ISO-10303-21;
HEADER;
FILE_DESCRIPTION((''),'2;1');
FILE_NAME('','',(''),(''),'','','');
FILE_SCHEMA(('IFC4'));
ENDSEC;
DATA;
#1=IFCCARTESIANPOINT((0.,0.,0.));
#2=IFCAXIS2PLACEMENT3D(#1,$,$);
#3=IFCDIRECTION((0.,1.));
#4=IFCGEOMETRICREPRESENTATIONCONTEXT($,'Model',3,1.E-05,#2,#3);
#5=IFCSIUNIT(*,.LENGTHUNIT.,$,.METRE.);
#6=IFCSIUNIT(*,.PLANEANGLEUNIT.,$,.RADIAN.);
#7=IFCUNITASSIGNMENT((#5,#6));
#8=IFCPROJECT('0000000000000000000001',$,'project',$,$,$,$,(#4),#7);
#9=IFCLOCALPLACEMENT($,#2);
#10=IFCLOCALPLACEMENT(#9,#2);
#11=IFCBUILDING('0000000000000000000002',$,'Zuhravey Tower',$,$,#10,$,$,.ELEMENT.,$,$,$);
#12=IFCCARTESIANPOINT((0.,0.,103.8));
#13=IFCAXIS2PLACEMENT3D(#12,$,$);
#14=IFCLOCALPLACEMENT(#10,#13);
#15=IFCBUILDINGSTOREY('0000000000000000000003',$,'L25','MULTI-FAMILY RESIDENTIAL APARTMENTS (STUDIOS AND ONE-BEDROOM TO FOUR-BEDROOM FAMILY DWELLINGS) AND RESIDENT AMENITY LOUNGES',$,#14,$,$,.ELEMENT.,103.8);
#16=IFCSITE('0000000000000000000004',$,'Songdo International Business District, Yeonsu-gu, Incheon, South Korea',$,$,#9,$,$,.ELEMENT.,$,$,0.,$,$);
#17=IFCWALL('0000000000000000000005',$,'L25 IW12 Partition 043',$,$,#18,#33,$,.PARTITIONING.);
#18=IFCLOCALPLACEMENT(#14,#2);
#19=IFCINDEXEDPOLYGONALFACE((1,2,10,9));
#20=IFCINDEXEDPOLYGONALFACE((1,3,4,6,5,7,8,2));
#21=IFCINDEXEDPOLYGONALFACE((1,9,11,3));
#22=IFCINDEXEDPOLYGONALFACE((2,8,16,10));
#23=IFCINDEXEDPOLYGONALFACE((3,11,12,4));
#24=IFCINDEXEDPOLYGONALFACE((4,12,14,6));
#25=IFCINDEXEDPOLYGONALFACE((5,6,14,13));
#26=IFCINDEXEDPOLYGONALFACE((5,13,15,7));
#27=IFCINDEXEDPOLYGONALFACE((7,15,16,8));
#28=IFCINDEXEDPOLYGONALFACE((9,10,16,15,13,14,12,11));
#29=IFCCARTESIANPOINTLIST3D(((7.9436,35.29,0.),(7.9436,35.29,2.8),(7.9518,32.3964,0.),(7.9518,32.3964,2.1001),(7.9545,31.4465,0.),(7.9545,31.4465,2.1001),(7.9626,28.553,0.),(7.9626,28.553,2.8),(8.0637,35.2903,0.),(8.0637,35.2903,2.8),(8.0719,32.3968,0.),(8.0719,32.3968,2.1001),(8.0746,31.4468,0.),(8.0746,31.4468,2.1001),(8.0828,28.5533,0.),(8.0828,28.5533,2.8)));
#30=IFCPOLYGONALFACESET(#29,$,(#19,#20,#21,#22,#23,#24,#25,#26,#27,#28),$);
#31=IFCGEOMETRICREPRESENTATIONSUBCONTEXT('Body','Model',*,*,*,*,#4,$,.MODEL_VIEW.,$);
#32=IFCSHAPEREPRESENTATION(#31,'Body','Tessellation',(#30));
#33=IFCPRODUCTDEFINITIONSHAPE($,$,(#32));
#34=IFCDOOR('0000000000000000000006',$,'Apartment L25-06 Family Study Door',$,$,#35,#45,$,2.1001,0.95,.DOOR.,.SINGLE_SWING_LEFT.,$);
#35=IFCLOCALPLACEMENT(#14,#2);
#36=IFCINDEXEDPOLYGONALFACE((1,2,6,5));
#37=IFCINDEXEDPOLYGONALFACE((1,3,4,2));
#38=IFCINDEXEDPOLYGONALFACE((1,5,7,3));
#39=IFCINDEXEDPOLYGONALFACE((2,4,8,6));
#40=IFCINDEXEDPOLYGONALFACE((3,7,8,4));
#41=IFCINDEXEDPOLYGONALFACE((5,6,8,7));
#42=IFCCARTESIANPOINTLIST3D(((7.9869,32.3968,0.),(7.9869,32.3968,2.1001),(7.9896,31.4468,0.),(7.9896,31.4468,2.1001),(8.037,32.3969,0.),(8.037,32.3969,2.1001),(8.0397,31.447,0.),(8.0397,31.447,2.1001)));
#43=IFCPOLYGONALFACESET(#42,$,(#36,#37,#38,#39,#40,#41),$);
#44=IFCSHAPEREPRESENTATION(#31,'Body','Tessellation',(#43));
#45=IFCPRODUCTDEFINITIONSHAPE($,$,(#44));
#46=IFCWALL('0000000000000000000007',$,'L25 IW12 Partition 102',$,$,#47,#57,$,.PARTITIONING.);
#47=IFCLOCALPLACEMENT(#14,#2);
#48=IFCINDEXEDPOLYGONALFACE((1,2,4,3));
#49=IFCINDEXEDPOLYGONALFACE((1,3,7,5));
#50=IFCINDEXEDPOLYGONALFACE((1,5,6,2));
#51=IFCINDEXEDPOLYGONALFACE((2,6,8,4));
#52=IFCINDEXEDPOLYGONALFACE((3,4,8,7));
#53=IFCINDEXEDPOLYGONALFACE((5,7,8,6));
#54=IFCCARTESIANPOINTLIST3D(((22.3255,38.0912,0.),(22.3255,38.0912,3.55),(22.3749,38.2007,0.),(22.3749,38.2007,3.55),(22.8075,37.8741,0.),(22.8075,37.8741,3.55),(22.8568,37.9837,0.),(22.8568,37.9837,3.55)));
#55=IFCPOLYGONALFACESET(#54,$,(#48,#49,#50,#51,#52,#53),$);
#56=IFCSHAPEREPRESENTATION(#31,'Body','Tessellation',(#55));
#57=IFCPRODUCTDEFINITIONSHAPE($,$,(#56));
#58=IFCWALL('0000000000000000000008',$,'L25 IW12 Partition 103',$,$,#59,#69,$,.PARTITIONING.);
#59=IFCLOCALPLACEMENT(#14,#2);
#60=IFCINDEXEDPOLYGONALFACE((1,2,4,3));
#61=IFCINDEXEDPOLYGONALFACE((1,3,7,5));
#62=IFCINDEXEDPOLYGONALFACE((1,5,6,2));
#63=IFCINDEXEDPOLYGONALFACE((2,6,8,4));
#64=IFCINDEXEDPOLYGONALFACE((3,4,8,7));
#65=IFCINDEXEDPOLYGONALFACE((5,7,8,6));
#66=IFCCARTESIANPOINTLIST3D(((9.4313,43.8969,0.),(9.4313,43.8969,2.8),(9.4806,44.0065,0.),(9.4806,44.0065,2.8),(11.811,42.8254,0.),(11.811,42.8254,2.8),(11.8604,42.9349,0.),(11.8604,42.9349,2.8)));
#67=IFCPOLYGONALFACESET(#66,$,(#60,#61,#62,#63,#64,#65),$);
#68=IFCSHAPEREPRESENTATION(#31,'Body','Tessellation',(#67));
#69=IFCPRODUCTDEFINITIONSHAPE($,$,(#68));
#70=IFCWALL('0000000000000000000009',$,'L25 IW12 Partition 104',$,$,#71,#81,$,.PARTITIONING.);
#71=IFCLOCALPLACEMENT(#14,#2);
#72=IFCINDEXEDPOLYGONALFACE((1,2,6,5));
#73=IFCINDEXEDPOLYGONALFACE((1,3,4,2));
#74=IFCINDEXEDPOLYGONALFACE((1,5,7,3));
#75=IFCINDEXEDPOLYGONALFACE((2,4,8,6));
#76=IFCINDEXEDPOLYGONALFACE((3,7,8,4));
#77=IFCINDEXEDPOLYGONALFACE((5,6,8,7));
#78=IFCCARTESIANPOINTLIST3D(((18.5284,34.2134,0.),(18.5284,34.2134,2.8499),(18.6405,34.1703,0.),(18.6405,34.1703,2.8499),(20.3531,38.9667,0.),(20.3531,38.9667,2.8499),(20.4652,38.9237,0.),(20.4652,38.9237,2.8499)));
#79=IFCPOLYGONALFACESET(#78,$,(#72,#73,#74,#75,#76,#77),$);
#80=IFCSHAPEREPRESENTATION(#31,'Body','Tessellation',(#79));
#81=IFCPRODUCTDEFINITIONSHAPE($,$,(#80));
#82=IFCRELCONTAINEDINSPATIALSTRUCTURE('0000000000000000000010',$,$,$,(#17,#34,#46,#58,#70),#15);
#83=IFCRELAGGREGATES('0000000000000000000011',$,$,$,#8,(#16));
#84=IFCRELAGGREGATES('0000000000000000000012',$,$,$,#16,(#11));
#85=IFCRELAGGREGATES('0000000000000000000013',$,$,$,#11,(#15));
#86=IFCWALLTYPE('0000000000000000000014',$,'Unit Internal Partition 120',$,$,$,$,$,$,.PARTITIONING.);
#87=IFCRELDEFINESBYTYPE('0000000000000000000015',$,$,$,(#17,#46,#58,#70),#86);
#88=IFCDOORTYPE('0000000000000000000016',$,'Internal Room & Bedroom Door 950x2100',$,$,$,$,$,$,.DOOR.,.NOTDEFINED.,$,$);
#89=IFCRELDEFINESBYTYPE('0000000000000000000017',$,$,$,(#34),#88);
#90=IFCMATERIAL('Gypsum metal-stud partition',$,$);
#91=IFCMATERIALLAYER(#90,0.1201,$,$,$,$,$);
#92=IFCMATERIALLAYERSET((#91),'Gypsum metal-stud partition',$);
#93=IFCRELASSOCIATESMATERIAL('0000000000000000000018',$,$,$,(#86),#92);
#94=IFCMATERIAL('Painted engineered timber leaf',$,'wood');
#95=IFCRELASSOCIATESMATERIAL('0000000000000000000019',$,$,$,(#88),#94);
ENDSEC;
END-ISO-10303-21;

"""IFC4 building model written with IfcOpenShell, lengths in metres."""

from ifc_helpers import new_model, si_unit, direction, frame, frame_2d, origin, place, context, subcontext, project, spatial, rectangle, extrude, material, layer, layer_set, type_object, element, fill, save


model = new_model("IFC4")

# Units and contexts
model_context = context("Model", 3, precision=1e-05, world=origin(), true_north=direction((0.0, 1.0)))
body_context = subcontext(model_context, "Body", "Model", "MODEL_VIEW")
ifc_project = project(units=[si_unit("LENGTHUNIT", "METRE"), si_unit("PLANEANGLEUNIT", "RADIAN")], contexts=[model_context])

# Site, building, storey
site_placement = place(None, origin())
site = spatial("IfcSite", under=ifc_project, at=site_placement, Name="Songdo International Business District, Yeonsu-gu, Incheon, South Korea", CompositionType="ELEMENT", RefElevation=0.0)
building_placement = place(site_placement, origin())
building = spatial("IfcBuilding", under=site, at=building_placement, Name="Zuhravey Tower", CompositionType="ELEMENT")
storey_placement = place(building_placement, frame((0.0, 0.0, 103.8)))
storey = spatial("IfcBuildingStorey", under=building, at=storey_placement, Name="L25", Description="MULTI-FAMILY RESIDENTIAL APARTMENTS (STUDIOS AND ONE-BEDROOM TO FOUR-BEDROOM FAMILY DWELLINGS) AND RESIDENT AMENITY LOUNGES", CompositionType="ELEMENT", Elevation=103.8)

# Wall, opening, door
ifc_material_1 = material(Name="Gypsum metal-stud partition")
ifc_layer_1 = layer(ifc_material_1, 0.1201)
ifc_layer_set_1 = layer_set([ifc_layer_1], Name="Gypsum metal-stud partition")
wall_type_1 = type_object("IfcWallType", Name="Unit Internal Partition 120", PredefinedType="PARTITIONING", material=ifc_layer_set_1)
ifc_material_2 = material(Name="Painted engineered timber leaf", Category="wood")
door_type_1 = type_object("IfcDoorType", Name="Internal Room & Bedroom Door 950x2100", OperationType="NOTDEFINED", PredefinedType="DOOR", material=ifc_material_2)
wall_1_placement = place(storey_placement, frame((8.0037, 35.2903, 0.0), z_axis=(0.0, 0.0, 1.0), x_axis=(0.002827, -0.999996, 0.0)))
wall_1 = element("IfcWall", 1, at=wall_1_placement, inside=storey, type_object=wall_type_1, Name="L25 IW12 Partition 043", PredefinedType="PARTITIONING", context=body_context, shape_type="SweptSolid", body=[
    extrude(rectangle(XDim=6.7371, YDim=0.1201, at=frame_2d((3.3687, 0.0))), origin(), (0.0, 0.0, 1.0), 2.8),
])
opening_1_placement = place(wall_1_placement, frame((2.8936, 0.0, 0.0)))
opening_1 = element("IfcOpeningElement", 2, at=opening_1_placement, cuts=wall_1, PredefinedType="OPENING", context=body_context, shape_type="SweptSolid", body=[
    extrude(rectangle(XDim=0.95, YDim=2.1001, at=frame_2d((0.4751, 1.05))), frame((0.0, 0.072, 0.0), z_axis=(0.0, -1.0, 0.0), x_axis=(1.0, 0.0, 0.0)), (0.0, 0.0, 1.0), 0.144),
])
door_1_placement = place(opening_1_placement, frame((0.95, 0.0, 0.0), z_axis=(0.0, 0.0, 1.0), x_axis=(-1.0, 0.0, 0.0)))
door_1 = element("IfcDoor", 3, at=door_1_placement, inside=storey, type_object=door_type_1, Name="Apartment L25-06 Family Study Door", OperationType="SINGLE_SWING_LEFT", OverallHeight=2.1001, OverallWidth=0.95, PredefinedType="DOOR", context=body_context, shape_type="SweptSolid", body=[
    extrude(rectangle(XDim=0.95, YDim=2.1001, at=frame_2d((0.4751, 1.05))), frame((0.0, 0.0249, 0.0), z_axis=(0.0, -1.0, 0.0), x_axis=(1.0, 0.0, 0.0)), (0.0, 0.0, 1.0), 0.05),
])
fill(opening_1, door_1)

# Walls
wall_2_placement = place(storey_placement, frame((22.832, 37.929, 0.0), z_axis=(0.0, 0.0, 1.0), x_axis=(-0.9118, 0.410634, 0.0)))
element("IfcWall", 4, at=wall_2_placement, inside=storey, type_object=wall_type_1, Name="L25 IW12 Partition 102", PredefinedType="PARTITIONING", context=body_context, shape_type="SweptSolid", body=[
    extrude(rectangle(XDim=0.5286, YDim=0.1201, at=frame_2d((0.2642, 0.0))), origin(), (0.0, 0.0, 1.0), 3.55),
])
wall_3_placement = place(storey_placement, frame((11.8357, 42.8801, 0.0), z_axis=(0.0, 0.0, 1.0), x_axis=(-0.911822, 0.410586, 0.0)))
element("IfcWall", 5, at=wall_3_placement, inside=storey, type_object=wall_type_1, Name="L25 IW12 Partition 103", PredefinedType="PARTITIONING", context=body_context, shape_type="SweptSolid", body=[
    extrude(rectangle(XDim=2.6099, YDim=0.1201, at=frame_2d((1.3049, 0.0))), origin(), (0.0, 0.0, 1.0), 2.8),
])
wall_4_placement = place(storey_placement, frame((20.4092, 38.9453, 0.0), z_axis=(0.0, 0.0, 1.0), x_axis=(-0.358375, -0.933578, 0.0)))
element("IfcWall", 6, at=wall_4_placement, inside=storey, type_object=wall_type_1, Name="L25 IW12 Partition 104", PredefinedType="PARTITIONING", context=body_context, shape_type="SweptSolid", body=[
    extrude(rectangle(XDim=5.0916, YDim=0.1201, at=frame_2d((2.5459, 0.0))), origin(), (0.0, 0.0, 1.0), 2.8499),
])

save(model, "model.ifc")
